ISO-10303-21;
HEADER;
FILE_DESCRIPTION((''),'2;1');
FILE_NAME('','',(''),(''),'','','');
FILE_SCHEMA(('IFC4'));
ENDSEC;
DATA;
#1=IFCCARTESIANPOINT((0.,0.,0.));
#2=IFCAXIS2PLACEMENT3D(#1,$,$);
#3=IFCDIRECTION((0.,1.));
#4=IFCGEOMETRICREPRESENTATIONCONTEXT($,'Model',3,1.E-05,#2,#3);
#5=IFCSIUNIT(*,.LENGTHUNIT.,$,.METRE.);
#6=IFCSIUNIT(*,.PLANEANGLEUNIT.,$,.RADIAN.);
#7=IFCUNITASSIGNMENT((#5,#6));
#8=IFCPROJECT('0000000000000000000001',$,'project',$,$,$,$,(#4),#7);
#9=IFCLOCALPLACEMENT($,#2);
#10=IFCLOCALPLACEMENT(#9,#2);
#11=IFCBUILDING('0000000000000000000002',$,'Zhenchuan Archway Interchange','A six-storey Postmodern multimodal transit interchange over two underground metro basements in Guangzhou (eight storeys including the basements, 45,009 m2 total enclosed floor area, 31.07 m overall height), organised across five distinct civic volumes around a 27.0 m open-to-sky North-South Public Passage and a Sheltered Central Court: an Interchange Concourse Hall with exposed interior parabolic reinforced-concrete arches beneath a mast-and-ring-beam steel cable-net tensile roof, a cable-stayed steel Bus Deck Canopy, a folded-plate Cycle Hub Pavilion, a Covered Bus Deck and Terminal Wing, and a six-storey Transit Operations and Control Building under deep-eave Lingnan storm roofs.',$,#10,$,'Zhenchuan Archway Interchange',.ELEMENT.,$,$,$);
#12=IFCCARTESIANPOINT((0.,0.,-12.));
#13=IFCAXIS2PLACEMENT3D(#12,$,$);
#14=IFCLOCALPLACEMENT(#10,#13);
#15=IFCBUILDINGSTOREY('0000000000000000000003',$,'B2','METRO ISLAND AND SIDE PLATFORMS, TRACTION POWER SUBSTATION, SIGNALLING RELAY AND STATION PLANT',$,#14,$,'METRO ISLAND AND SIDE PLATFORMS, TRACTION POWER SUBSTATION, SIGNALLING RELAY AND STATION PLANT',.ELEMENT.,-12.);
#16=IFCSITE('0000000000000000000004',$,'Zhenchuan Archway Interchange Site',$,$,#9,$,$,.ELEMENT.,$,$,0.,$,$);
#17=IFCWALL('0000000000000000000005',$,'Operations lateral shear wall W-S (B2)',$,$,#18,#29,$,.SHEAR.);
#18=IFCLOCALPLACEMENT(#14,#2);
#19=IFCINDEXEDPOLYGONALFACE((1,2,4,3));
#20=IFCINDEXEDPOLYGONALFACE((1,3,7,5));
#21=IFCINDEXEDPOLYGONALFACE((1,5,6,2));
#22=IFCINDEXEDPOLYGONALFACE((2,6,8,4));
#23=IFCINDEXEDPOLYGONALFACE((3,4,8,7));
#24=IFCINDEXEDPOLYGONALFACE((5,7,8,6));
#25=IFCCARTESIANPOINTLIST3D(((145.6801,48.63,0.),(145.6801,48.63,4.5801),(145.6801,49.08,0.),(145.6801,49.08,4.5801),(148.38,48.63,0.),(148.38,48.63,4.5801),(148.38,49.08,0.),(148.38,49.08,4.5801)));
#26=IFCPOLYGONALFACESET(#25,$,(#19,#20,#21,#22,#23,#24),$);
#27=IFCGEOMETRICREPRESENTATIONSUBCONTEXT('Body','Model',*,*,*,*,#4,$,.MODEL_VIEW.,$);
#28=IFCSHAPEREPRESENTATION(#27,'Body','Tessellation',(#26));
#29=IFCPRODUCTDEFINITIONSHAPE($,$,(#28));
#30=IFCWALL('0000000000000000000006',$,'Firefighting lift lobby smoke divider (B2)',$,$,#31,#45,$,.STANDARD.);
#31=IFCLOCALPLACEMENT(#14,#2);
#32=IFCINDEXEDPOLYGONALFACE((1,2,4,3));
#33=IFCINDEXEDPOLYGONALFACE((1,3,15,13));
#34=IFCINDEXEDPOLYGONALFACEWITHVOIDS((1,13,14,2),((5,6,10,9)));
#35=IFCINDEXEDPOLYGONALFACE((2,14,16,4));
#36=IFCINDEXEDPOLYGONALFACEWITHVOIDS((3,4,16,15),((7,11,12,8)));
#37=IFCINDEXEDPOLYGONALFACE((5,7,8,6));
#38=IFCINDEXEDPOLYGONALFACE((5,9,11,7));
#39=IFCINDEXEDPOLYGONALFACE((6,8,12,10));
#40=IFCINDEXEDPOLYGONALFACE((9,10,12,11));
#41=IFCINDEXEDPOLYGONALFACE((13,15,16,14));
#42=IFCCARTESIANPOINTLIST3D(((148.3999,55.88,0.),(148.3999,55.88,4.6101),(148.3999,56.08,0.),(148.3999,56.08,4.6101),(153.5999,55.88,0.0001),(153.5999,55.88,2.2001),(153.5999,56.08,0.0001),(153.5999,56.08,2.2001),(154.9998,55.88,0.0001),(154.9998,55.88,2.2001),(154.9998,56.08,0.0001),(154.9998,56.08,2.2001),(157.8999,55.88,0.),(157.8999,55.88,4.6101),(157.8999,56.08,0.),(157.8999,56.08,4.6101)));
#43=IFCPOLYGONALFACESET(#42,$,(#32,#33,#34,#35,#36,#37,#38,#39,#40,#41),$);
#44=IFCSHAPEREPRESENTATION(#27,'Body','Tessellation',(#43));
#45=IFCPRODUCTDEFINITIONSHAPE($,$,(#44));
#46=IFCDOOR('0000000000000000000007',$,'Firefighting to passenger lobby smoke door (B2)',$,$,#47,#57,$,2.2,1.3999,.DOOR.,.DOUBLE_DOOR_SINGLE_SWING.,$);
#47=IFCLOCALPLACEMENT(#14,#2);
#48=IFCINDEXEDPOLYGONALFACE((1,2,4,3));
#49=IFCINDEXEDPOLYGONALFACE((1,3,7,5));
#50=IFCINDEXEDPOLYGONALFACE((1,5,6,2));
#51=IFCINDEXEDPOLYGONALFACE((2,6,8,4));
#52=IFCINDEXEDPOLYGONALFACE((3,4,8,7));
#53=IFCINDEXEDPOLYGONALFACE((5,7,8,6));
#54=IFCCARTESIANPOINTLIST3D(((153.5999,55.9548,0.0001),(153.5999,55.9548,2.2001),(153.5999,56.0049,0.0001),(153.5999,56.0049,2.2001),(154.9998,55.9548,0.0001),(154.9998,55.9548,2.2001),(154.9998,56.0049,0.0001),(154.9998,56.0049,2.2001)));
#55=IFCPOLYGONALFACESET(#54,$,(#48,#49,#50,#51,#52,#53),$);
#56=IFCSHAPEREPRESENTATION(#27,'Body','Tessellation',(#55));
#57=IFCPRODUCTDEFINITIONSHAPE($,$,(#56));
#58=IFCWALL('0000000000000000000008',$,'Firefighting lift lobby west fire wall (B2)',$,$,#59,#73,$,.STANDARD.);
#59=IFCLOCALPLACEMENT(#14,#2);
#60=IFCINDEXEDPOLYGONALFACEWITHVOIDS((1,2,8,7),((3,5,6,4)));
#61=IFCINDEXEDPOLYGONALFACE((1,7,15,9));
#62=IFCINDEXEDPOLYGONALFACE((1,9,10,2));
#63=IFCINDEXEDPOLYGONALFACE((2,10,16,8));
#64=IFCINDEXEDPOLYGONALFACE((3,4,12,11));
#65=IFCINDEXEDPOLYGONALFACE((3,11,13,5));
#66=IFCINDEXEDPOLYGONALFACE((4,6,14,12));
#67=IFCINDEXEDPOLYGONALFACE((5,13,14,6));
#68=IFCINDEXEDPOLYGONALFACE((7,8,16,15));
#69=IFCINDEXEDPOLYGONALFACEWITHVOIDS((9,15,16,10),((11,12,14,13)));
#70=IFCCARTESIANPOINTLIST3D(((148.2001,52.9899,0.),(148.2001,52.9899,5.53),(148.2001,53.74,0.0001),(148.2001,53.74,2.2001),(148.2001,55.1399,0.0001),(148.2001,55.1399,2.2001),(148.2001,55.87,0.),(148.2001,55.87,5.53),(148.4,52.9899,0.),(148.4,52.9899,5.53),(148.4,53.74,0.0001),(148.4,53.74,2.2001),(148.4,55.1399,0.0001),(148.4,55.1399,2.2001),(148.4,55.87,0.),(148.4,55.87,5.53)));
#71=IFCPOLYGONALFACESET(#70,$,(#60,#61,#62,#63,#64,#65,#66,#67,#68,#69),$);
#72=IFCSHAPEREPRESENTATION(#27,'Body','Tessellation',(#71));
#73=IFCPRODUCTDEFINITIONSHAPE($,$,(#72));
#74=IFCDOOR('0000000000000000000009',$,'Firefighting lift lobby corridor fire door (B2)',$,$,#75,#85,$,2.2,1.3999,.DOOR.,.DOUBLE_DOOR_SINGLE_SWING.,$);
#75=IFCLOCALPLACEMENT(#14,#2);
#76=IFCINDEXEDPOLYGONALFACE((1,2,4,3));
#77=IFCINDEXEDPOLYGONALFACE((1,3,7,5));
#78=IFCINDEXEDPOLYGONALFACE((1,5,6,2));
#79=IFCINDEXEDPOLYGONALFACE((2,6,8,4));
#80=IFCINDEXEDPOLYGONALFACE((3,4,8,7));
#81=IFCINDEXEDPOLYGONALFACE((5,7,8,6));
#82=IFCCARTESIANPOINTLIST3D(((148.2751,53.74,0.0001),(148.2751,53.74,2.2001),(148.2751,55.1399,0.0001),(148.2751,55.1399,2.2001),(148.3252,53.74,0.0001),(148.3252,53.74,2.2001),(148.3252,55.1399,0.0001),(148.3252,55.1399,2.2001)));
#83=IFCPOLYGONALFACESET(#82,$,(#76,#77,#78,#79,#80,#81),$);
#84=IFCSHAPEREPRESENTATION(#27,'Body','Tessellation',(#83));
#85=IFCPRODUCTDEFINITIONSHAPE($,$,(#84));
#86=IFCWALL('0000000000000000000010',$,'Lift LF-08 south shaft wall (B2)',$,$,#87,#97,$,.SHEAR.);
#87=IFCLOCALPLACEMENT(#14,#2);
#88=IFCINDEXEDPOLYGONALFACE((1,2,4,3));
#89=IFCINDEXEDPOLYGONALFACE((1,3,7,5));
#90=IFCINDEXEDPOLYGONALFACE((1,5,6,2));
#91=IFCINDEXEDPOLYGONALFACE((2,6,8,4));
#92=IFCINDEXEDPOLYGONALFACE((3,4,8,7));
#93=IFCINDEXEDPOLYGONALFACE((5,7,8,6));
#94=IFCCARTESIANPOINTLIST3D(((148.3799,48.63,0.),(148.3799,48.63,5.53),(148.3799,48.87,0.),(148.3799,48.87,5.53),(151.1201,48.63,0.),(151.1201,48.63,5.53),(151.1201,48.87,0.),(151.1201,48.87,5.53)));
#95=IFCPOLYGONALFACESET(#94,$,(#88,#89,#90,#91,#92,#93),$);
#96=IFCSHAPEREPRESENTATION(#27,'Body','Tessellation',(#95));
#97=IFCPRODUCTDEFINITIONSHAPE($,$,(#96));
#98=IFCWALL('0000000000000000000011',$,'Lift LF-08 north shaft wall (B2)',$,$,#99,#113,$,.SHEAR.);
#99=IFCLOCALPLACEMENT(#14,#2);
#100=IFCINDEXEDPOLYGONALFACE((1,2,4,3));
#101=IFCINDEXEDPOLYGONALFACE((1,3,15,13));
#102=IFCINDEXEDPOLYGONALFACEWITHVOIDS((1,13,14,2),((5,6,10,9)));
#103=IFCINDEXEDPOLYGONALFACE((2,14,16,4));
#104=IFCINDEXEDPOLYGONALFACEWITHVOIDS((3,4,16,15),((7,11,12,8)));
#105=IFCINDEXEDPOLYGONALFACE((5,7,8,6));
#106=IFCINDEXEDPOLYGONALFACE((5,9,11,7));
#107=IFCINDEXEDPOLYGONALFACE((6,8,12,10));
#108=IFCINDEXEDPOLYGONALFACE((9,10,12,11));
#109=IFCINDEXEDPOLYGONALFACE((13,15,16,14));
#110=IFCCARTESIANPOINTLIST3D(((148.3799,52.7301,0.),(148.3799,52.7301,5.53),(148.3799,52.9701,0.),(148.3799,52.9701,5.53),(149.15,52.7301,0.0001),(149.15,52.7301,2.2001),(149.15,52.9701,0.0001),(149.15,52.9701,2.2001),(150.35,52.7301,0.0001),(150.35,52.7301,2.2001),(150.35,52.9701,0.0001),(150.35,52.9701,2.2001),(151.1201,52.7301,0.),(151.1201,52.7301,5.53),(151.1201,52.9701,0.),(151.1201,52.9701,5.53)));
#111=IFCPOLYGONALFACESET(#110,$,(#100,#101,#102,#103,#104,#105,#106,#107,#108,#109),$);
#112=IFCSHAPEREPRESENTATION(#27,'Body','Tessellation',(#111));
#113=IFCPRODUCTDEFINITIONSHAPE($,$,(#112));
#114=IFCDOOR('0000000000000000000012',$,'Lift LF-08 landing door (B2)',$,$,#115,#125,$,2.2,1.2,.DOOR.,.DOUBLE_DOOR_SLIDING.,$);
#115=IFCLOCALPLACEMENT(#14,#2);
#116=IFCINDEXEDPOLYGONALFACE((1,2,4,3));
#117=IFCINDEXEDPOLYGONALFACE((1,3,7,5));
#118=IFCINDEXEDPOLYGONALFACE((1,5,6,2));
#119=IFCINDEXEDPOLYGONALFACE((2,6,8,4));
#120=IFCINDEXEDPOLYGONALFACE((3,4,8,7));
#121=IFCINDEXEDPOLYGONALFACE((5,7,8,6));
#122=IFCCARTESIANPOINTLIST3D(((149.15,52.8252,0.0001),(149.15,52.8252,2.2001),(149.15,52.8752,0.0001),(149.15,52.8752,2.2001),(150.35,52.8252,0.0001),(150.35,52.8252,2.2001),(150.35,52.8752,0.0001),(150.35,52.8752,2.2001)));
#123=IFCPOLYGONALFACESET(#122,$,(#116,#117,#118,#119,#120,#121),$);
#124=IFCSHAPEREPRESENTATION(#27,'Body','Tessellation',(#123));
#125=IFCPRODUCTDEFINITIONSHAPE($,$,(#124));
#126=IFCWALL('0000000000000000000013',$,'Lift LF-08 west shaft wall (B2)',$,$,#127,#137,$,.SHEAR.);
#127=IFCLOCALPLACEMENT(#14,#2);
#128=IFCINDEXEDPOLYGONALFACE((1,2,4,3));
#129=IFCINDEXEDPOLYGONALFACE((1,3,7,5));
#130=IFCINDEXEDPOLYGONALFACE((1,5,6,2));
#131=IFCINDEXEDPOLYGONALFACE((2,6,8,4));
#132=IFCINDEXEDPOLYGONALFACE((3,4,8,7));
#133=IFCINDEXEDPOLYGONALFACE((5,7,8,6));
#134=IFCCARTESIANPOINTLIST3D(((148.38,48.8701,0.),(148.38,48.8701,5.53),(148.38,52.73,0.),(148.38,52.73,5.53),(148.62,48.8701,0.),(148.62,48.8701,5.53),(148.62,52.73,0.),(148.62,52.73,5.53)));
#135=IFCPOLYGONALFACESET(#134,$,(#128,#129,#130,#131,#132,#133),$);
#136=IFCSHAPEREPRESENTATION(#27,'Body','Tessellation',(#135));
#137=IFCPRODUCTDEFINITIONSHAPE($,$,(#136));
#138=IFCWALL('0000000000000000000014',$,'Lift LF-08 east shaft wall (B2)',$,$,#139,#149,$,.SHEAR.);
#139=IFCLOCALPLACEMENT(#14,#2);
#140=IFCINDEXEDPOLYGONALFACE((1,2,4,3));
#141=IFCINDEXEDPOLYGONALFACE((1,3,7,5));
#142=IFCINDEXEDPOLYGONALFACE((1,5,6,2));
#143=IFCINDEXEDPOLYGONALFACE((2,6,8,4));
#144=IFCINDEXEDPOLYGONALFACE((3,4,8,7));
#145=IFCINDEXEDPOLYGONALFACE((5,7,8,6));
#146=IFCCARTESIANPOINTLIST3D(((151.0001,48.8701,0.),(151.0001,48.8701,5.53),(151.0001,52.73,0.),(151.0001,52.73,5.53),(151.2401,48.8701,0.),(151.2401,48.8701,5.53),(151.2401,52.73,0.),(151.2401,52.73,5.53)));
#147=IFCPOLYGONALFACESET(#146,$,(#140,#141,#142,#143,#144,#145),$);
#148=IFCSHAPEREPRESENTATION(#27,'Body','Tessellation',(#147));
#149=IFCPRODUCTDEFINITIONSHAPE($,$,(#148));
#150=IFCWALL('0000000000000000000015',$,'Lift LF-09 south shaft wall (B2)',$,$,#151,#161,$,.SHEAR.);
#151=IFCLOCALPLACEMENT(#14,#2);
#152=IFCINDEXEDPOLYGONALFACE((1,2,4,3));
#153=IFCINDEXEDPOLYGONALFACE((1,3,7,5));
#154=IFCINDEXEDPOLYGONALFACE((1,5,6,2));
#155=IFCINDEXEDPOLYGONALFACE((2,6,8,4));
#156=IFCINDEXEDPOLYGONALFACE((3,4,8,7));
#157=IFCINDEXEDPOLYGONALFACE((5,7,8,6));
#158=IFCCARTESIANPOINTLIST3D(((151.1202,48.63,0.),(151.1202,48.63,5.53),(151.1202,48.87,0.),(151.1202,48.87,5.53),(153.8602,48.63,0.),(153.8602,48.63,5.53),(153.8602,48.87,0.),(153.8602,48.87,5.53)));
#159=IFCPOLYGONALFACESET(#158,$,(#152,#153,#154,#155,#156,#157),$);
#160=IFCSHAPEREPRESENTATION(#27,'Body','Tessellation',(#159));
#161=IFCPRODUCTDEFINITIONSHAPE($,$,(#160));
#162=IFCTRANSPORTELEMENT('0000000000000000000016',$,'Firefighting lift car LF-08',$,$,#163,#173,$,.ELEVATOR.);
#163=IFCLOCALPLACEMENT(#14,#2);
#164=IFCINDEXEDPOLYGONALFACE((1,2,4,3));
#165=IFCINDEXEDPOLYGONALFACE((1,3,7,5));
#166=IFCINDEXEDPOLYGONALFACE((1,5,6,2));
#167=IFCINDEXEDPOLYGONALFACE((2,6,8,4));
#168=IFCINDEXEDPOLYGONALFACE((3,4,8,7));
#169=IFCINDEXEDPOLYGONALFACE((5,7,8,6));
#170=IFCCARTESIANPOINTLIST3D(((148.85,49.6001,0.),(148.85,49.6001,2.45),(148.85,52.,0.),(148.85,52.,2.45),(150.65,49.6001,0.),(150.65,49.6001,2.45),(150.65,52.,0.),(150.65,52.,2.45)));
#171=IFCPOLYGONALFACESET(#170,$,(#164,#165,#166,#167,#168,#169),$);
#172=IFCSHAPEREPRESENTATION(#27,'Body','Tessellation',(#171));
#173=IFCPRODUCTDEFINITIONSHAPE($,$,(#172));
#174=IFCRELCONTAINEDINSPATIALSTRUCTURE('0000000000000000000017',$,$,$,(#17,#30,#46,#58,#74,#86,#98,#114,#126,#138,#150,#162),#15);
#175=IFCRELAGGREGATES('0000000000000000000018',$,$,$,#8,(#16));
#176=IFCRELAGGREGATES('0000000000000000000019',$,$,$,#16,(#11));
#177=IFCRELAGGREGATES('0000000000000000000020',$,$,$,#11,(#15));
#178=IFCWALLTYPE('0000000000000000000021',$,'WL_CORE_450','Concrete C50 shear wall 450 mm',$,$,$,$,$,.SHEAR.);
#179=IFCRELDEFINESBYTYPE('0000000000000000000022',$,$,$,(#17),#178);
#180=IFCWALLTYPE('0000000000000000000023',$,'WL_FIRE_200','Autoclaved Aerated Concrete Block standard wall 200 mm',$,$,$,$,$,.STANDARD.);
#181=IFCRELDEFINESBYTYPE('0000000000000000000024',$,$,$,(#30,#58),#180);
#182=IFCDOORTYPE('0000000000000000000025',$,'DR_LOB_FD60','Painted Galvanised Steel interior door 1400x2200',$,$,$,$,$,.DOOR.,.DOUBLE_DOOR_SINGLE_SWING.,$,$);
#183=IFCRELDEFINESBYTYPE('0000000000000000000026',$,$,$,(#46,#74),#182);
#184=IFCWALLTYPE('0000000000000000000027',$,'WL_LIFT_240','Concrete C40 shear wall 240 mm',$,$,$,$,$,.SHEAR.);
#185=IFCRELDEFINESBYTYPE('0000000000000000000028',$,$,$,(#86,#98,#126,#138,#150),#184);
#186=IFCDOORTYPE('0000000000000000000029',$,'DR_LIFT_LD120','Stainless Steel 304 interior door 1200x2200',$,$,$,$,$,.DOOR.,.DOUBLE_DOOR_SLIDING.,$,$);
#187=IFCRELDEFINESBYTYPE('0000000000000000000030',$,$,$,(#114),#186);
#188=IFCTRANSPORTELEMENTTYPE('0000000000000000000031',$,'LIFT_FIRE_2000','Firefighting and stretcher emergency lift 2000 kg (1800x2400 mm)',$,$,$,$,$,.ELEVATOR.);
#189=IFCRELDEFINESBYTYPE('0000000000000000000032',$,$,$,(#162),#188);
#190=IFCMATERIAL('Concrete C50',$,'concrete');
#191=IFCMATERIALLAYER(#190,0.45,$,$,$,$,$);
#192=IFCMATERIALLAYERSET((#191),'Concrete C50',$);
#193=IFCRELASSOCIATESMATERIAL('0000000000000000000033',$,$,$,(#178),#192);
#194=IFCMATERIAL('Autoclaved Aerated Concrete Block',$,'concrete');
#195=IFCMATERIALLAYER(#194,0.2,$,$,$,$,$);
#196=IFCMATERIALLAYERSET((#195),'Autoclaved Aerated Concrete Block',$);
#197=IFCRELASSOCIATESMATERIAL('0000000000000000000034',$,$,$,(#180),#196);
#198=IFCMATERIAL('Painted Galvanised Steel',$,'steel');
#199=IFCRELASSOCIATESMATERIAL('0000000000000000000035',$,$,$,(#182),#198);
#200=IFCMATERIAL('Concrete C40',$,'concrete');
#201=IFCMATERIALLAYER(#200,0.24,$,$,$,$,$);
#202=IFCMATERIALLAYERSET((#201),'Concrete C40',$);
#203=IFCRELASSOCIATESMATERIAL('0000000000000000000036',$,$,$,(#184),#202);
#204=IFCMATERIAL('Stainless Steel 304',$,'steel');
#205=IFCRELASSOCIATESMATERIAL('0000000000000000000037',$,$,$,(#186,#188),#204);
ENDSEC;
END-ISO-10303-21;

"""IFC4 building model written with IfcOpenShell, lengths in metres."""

from ifc_helpers import new_model, si_unit, direction, frame, frame_2d, origin, origin_2d, place, context, subcontext, project, spatial, rectangle, extrude, material, layer, layer_set, type_object, element, fill, save


model = new_model("IFC4")

# Units and contexts
model_context = context("Model", 3, precision=1e-05, world=origin(), true_north=direction((0.0, 1.0)))
body_context = subcontext(model_context, "Body", "Model", "MODEL_VIEW")
ifc_project = project(units=[si_unit("LENGTHUNIT", "METRE"), si_unit("PLANEANGLEUNIT", "RADIAN")], contexts=[model_context])

# Site, building, storey
site_placement = place(None, origin())
site = spatial("IfcSite", under=ifc_project, at=site_placement, Name="Zhenchuan Archway Interchange Site", CompositionType="ELEMENT", RefElevation=0.0)
building_placement = place(site_placement, origin())
building = spatial("IfcBuilding", under=site, at=building_placement, Name="Zhenchuan Archway Interchange", Description="A six-storey Postmodern multimodal transit interchange over two underground metro basements in Guangzhou (eight storeys including the basements, 45,009 m2 total enclosed floor area, 31.07 m overall height), organised across five distinct civic volumes around a 27.0 m open-to-sky North-South Public Passage and a Sheltered Central Court: an Interchange Concourse Hall with exposed interior parabolic reinforced-concrete arches beneath a mast-and-ring-beam steel cable-net tensile roof, a cable-stayed steel Bus Deck Canopy, a folded-plate Cycle Hub Pavilion, a Covered Bus Deck and Terminal Wing, and a six-storey Transit Operations and Control Building under deep-eave Lingnan storm roofs.", LongName="Zhenchuan Archway Interchange", CompositionType="ELEMENT")
storey_placement = place(building_placement, frame((0.0, 0.0, -12.0)))
storey = spatial("IfcBuildingStorey", under=building, at=storey_placement, Name="B2", Description="METRO ISLAND AND SIDE PLATFORMS, TRACTION POWER SUBSTATION, SIGNALLING RELAY AND STATION PLANT", LongName="METRO ISLAND AND SIDE PLATFORMS, TRACTION POWER SUBSTATION, SIGNALLING RELAY AND STATION PLANT", CompositionType="ELEMENT", Elevation=-12.0)

# Shared definitions
ifc_material_1 = material(Name="Concrete C50", Category="concrete")

# Shared definitions
ifc_material_2 = material(Name="Concrete C40", Category="concrete")

# Wall
ifc_layer_1 = layer(ifc_material_1, 0.45)
ifc_layer_set_1 = layer_set([ifc_layer_1], Name="Concrete C50")
wall_type_1 = type_object("IfcWallType", Name="WL_CORE_450", Description="Concrete C50 shear wall 450 mm", PredefinedType="SHEAR", material=ifc_layer_set_1)
wall_1_placement = place(storey_placement, frame((145.6799, 48.855, 0.0), z_axis=(0.0, 0.0, 1.0), x_axis=(1.0, 0.0, 0.0)))
element("IfcWall", 1, at=wall_1_placement, inside=storey, type_object=wall_type_1, Name="Operations lateral shear wall W-S (B2)", PredefinedType="SHEAR", context=body_context, shape_type="SweptSolid", body=[
    extrude(rectangle(XDim=2.7, YDim=0.45, at=frame_2d((1.3501, 0.0))), origin(), (0.0, 0.0, 1.0), 4.5801),
])

# Walls, openings, doors
ifc_material_3 = material(Name="Autoclaved Aerated Concrete Block", Category="concrete")
ifc_layer_2 = layer(ifc_material_3, 0.2)
ifc_layer_set_2 = layer_set([ifc_layer_2], Name="Autoclaved Aerated Concrete Block")
wall_type_2 = type_object("IfcWallType", Name="WL_FIRE_200", Description="Autoclaved Aerated Concrete Block standard wall 200 mm", PredefinedType="STANDARD", material=ifc_layer_set_2)
wall_2_placement = place(storey_placement, frame((148.3999, 55.98, 0.0), z_axis=(0.0, 0.0, 1.0), x_axis=(1.0, 0.0, 0.0)))
wall_2 = element("IfcWall", 2, at=wall_2_placement, inside=storey, type_object=wall_type_2, Name="Firefighting lift lobby smoke divider (B2)", PredefinedType="STANDARD", context=body_context, shape_type="SweptSolid", body=[
    extrude(rectangle(XDim=9.5, YDim=0.2, at=frame_2d((4.75, 0.0))), origin(), (0.0, 0.0, 1.0), 4.6101),
])
opening_1_placement = place(wall_2_placement, frame((5.2, 0.0, 0.0)))
opening_1 = element("IfcOpeningElement", 3, at=opening_1_placement, cuts=wall_2, PredefinedType="OPENING", context=body_context, shape_type="SweptSolid", body=[
    extrude(rectangle(XDim=1.3999, YDim=2.2, at=frame_2d((0.7, 1.1001))), frame((0.0, 0.1118, 0.0), z_axis=(0.0, -1.0, 0.0), x_axis=(1.0, 0.0, 0.0)), (0.0, 0.0, 1.0), 0.2239),
])
ifc_material_4 = material(Name="Painted Galvanised Steel", Category="steel")
door_type_1 = type_object("IfcDoorType", Name="DR_LOB_FD60", Description="Painted Galvanised Steel interior door 1400x2200", OperationType="DOUBLE_DOOR_SINGLE_SWING", PredefinedType="DOOR", material=ifc_material_4)
door_1_placement = place(opening_1_placement, origin())
door_1 = element("IfcDoor", 4, at=door_1_placement, inside=storey, type_object=door_type_1, Name="Firefighting to passenger lobby smoke door (B2)", OperationType="DOUBLE_DOOR_SINGLE_SWING", OverallHeight=2.2, OverallWidth=1.3999, PredefinedType="DOOR", context=body_context, shape_type="SweptSolid", body=[
    extrude(rectangle(XDim=1.3999, YDim=2.2, at=frame_2d((0.7, 1.1001))), frame((0.0, 0.0249, 0.0), z_axis=(0.0, -1.0, 0.0), x_axis=(1.0, 0.0, 0.0)), (0.0, 0.0, 1.0), 0.05),
])
fill(opening_1, door_1)
wall_3_placement = place(storey_placement, frame((148.3, 52.99, 0.0), z_axis=(0.0, 0.0, 1.0), x_axis=(0.0, 1.0, 0.0)))
wall_3 = element("IfcWall", 5, at=wall_3_placement, inside=storey, type_object=wall_type_2, Name="Firefighting lift lobby west fire wall (B2)", PredefinedType="STANDARD", context=body_context, shape_type="SweptSolid", body=[
    extrude(rectangle(XDim=2.8801, YDim=0.2, at=frame_2d((1.4399, 0.0))), origin(), (0.0, 0.0, 1.0), 5.53),
])
opening_2_placement = place(wall_3_placement, frame((0.75, 0.0, 0.0)))
opening_2 = element("IfcOpeningElement", 6, at=opening_2_placement, cuts=wall_3, PredefinedType="OPENING", context=body_context, shape_type="SweptSolid", body=[
    extrude(rectangle(XDim=1.3999, YDim=2.2, at=frame_2d((0.7, 1.1001))), frame((0.0, 0.1118, 0.0), z_axis=(0.0, -1.0, 0.0), x_axis=(1.0, 0.0, 0.0)), (0.0, 0.0, 1.0), 0.2239),
])
door_2_placement = place(opening_2_placement, origin())
door_2 = element("IfcDoor", 7, at=door_2_placement, inside=storey, type_object=door_type_1, Name="Firefighting lift lobby corridor fire door (B2)", OperationType="DOUBLE_DOOR_SINGLE_SWING", OverallHeight=2.2, OverallWidth=1.3999, PredefinedType="DOOR", context=body_context, shape_type="SweptSolid", body=[
    extrude(rectangle(XDim=1.3999, YDim=2.2, at=frame_2d((0.7, 1.1001))), frame((0.0, 0.0249, 0.0), z_axis=(0.0, -1.0, 0.0), x_axis=(1.0, 0.0, 0.0)), (0.0, 0.0, 1.0), 0.05),
])
fill(opening_2, door_2)

# Wall
ifc_layer_3 = layer(ifc_material_2, 0.24)
ifc_layer_set_3 = layer_set([ifc_layer_3], Name="Concrete C40")
wall_type_3 = type_object("IfcWallType", Name="WL_LIFT_240", Description="Concrete C40 shear wall 240 mm", PredefinedType="SHEAR", material=ifc_layer_set_3)
wall_4_placement = place(storey_placement, frame((148.3799, 48.75, 0.0), z_axis=(0.0, 0.0, 1.0), x_axis=(1.0, 0.0, 0.0)))
element("IfcWall", 8, at=wall_4_placement, inside=storey, type_object=wall_type_3, Name="Lift LF-08 south shaft wall (B2)", PredefinedType="SHEAR", context=body_context, shape_type="SweptSolid", body=[
    extrude(rectangle(XDim=2.7402, YDim=0.24, at=frame_2d((1.3701, 0.0))), origin(), (0.0, 0.0, 1.0), 5.53),
])

# Wall, opening, door
wall_5_placement = place(storey_placement, frame((151.1201, 52.8501, 0.0), z_axis=(0.0, 0.0, 1.0), x_axis=(-1.0, 0.0, 0.0)))
wall_5 = element("IfcWall", 9, at=wall_5_placement, inside=storey, type_object=wall_type_3, Name="Lift LF-08 north shaft wall (B2)", PredefinedType="SHEAR", context=body_context, shape_type="SweptSolid", body=[
    extrude(rectangle(XDim=2.7402, YDim=0.24, at=frame_2d((1.3701, 0.0))), origin(), (0.0, 0.0, 1.0), 5.53),
])
opening_3_placement = place(wall_5_placement, frame((0.77, 0.0, 0.0)))
opening_3 = element("IfcOpeningElement", 10, at=opening_3_placement, cuts=wall_5, PredefinedType="OPENING", context=body_context, shape_type="SweptSolid", body=[
    extrude(rectangle(XDim=1.2, YDim=2.2, at=frame_2d((0.6001, 1.1001))), frame((0.0, 0.1318, 0.0), z_axis=(0.0, -1.0, 0.0), x_axis=(1.0, 0.0, 0.0)), (0.0, 0.0, 1.0), 0.2639),
])
ifc_material_5 = material(Name="Stainless Steel 304", Category="steel")
door_type_2 = type_object("IfcDoorType", Name="DR_LIFT_LD120", Description="Stainless Steel 304 interior door 1200x2200", OperationType="DOUBLE_DOOR_SLIDING", PredefinedType="DOOR", material=ifc_material_5)
door_3_placement = place(opening_3_placement, origin())
door_3 = element("IfcDoor", 11, at=door_3_placement, inside=storey, type_object=door_type_2, Name="Lift LF-08 landing door (B2)", OperationType="DOUBLE_DOOR_SLIDING", OverallHeight=2.2, OverallWidth=1.2, PredefinedType="DOOR", context=body_context, shape_type="SweptSolid", body=[
    extrude(rectangle(XDim=1.2, YDim=2.2, at=frame_2d((0.6001, 1.1001))), frame((0.0, 0.0249, 0.0), z_axis=(0.0, -1.0, 0.0), x_axis=(1.0, 0.0, 0.0)), (0.0, 0.0, 1.0), 0.05),
])
fill(opening_3, door_3)

# Walls
for number, where, z_axis, x_axis, name in (
    (12, (148.5, 52.73, 0.0), (0.0, 0.0, 1.0), (0.0, -1.0, 0.0), "Lift LF-08 west shaft wall (B2)"),
    (13, (151.1201, 48.8701, 0.0), (0.0, 0.0, 1.0), (0.0, 1.0, 0.0), "Lift LF-08 east shaft wall (B2)"),
):
    element("IfcWall", number, at=place(storey_placement, frame(where, z_axis=z_axis, x_axis=x_axis)), inside=storey, type_object=wall_type_3, Name=name, PredefinedType="SHEAR", context=body_context, shape_type="SweptSolid", body=[
        extrude(rectangle(XDim=3.8599, YDim=0.24, at=frame_2d((1.9299, 0.0))), origin(), (0.0, 0.0, 1.0), 5.53),
    ])
wall_6_placement = place(storey_placement, frame((151.1201, 48.75, 0.0), z_axis=(0.0, 0.0, 1.0), x_axis=(1.0, 0.0, 0.0)))
element("IfcWall", 14, at=wall_6_placement, inside=storey, type_object=wall_type_3, Name="Lift LF-09 south shaft wall (B2)", PredefinedType="SHEAR", context=body_context, shape_type="SweptSolid", body=[
    extrude(rectangle(XDim=2.74, YDim=0.24, at=frame_2d((1.3701, 0.0))), origin(), (0.0, 0.0, 1.0), 5.53),
])

# Transport element
transport_element_type = type_object("IfcTransportElementType", Name="LIFT_FIRE_2000", Description="Firefighting and stretcher emergency lift 2000 kg (1800x2400 mm)", PredefinedType="ELEVATOR", material=ifc_material_5)
transport_element_placement = place(storey_placement, frame((149.75, 50.8, 0.0), z_axis=(0.0, 0.0, 1.0), x_axis=(1.0, 0.0, 0.0)))
element("IfcTransportElement", 15, at=transport_element_placement, inside=storey, type_object=transport_element_type, Name="Firefighting lift car LF-08", PredefinedType="ELEVATOR", context=body_context, shape_type="SweptSolid", body=[
    extrude(rectangle(XDim=1.8, YDim=2.3999, at=origin_2d()), origin(), (0.0, 0.0, 1.0), 2.45),
])

save(model, "model.ifc")
